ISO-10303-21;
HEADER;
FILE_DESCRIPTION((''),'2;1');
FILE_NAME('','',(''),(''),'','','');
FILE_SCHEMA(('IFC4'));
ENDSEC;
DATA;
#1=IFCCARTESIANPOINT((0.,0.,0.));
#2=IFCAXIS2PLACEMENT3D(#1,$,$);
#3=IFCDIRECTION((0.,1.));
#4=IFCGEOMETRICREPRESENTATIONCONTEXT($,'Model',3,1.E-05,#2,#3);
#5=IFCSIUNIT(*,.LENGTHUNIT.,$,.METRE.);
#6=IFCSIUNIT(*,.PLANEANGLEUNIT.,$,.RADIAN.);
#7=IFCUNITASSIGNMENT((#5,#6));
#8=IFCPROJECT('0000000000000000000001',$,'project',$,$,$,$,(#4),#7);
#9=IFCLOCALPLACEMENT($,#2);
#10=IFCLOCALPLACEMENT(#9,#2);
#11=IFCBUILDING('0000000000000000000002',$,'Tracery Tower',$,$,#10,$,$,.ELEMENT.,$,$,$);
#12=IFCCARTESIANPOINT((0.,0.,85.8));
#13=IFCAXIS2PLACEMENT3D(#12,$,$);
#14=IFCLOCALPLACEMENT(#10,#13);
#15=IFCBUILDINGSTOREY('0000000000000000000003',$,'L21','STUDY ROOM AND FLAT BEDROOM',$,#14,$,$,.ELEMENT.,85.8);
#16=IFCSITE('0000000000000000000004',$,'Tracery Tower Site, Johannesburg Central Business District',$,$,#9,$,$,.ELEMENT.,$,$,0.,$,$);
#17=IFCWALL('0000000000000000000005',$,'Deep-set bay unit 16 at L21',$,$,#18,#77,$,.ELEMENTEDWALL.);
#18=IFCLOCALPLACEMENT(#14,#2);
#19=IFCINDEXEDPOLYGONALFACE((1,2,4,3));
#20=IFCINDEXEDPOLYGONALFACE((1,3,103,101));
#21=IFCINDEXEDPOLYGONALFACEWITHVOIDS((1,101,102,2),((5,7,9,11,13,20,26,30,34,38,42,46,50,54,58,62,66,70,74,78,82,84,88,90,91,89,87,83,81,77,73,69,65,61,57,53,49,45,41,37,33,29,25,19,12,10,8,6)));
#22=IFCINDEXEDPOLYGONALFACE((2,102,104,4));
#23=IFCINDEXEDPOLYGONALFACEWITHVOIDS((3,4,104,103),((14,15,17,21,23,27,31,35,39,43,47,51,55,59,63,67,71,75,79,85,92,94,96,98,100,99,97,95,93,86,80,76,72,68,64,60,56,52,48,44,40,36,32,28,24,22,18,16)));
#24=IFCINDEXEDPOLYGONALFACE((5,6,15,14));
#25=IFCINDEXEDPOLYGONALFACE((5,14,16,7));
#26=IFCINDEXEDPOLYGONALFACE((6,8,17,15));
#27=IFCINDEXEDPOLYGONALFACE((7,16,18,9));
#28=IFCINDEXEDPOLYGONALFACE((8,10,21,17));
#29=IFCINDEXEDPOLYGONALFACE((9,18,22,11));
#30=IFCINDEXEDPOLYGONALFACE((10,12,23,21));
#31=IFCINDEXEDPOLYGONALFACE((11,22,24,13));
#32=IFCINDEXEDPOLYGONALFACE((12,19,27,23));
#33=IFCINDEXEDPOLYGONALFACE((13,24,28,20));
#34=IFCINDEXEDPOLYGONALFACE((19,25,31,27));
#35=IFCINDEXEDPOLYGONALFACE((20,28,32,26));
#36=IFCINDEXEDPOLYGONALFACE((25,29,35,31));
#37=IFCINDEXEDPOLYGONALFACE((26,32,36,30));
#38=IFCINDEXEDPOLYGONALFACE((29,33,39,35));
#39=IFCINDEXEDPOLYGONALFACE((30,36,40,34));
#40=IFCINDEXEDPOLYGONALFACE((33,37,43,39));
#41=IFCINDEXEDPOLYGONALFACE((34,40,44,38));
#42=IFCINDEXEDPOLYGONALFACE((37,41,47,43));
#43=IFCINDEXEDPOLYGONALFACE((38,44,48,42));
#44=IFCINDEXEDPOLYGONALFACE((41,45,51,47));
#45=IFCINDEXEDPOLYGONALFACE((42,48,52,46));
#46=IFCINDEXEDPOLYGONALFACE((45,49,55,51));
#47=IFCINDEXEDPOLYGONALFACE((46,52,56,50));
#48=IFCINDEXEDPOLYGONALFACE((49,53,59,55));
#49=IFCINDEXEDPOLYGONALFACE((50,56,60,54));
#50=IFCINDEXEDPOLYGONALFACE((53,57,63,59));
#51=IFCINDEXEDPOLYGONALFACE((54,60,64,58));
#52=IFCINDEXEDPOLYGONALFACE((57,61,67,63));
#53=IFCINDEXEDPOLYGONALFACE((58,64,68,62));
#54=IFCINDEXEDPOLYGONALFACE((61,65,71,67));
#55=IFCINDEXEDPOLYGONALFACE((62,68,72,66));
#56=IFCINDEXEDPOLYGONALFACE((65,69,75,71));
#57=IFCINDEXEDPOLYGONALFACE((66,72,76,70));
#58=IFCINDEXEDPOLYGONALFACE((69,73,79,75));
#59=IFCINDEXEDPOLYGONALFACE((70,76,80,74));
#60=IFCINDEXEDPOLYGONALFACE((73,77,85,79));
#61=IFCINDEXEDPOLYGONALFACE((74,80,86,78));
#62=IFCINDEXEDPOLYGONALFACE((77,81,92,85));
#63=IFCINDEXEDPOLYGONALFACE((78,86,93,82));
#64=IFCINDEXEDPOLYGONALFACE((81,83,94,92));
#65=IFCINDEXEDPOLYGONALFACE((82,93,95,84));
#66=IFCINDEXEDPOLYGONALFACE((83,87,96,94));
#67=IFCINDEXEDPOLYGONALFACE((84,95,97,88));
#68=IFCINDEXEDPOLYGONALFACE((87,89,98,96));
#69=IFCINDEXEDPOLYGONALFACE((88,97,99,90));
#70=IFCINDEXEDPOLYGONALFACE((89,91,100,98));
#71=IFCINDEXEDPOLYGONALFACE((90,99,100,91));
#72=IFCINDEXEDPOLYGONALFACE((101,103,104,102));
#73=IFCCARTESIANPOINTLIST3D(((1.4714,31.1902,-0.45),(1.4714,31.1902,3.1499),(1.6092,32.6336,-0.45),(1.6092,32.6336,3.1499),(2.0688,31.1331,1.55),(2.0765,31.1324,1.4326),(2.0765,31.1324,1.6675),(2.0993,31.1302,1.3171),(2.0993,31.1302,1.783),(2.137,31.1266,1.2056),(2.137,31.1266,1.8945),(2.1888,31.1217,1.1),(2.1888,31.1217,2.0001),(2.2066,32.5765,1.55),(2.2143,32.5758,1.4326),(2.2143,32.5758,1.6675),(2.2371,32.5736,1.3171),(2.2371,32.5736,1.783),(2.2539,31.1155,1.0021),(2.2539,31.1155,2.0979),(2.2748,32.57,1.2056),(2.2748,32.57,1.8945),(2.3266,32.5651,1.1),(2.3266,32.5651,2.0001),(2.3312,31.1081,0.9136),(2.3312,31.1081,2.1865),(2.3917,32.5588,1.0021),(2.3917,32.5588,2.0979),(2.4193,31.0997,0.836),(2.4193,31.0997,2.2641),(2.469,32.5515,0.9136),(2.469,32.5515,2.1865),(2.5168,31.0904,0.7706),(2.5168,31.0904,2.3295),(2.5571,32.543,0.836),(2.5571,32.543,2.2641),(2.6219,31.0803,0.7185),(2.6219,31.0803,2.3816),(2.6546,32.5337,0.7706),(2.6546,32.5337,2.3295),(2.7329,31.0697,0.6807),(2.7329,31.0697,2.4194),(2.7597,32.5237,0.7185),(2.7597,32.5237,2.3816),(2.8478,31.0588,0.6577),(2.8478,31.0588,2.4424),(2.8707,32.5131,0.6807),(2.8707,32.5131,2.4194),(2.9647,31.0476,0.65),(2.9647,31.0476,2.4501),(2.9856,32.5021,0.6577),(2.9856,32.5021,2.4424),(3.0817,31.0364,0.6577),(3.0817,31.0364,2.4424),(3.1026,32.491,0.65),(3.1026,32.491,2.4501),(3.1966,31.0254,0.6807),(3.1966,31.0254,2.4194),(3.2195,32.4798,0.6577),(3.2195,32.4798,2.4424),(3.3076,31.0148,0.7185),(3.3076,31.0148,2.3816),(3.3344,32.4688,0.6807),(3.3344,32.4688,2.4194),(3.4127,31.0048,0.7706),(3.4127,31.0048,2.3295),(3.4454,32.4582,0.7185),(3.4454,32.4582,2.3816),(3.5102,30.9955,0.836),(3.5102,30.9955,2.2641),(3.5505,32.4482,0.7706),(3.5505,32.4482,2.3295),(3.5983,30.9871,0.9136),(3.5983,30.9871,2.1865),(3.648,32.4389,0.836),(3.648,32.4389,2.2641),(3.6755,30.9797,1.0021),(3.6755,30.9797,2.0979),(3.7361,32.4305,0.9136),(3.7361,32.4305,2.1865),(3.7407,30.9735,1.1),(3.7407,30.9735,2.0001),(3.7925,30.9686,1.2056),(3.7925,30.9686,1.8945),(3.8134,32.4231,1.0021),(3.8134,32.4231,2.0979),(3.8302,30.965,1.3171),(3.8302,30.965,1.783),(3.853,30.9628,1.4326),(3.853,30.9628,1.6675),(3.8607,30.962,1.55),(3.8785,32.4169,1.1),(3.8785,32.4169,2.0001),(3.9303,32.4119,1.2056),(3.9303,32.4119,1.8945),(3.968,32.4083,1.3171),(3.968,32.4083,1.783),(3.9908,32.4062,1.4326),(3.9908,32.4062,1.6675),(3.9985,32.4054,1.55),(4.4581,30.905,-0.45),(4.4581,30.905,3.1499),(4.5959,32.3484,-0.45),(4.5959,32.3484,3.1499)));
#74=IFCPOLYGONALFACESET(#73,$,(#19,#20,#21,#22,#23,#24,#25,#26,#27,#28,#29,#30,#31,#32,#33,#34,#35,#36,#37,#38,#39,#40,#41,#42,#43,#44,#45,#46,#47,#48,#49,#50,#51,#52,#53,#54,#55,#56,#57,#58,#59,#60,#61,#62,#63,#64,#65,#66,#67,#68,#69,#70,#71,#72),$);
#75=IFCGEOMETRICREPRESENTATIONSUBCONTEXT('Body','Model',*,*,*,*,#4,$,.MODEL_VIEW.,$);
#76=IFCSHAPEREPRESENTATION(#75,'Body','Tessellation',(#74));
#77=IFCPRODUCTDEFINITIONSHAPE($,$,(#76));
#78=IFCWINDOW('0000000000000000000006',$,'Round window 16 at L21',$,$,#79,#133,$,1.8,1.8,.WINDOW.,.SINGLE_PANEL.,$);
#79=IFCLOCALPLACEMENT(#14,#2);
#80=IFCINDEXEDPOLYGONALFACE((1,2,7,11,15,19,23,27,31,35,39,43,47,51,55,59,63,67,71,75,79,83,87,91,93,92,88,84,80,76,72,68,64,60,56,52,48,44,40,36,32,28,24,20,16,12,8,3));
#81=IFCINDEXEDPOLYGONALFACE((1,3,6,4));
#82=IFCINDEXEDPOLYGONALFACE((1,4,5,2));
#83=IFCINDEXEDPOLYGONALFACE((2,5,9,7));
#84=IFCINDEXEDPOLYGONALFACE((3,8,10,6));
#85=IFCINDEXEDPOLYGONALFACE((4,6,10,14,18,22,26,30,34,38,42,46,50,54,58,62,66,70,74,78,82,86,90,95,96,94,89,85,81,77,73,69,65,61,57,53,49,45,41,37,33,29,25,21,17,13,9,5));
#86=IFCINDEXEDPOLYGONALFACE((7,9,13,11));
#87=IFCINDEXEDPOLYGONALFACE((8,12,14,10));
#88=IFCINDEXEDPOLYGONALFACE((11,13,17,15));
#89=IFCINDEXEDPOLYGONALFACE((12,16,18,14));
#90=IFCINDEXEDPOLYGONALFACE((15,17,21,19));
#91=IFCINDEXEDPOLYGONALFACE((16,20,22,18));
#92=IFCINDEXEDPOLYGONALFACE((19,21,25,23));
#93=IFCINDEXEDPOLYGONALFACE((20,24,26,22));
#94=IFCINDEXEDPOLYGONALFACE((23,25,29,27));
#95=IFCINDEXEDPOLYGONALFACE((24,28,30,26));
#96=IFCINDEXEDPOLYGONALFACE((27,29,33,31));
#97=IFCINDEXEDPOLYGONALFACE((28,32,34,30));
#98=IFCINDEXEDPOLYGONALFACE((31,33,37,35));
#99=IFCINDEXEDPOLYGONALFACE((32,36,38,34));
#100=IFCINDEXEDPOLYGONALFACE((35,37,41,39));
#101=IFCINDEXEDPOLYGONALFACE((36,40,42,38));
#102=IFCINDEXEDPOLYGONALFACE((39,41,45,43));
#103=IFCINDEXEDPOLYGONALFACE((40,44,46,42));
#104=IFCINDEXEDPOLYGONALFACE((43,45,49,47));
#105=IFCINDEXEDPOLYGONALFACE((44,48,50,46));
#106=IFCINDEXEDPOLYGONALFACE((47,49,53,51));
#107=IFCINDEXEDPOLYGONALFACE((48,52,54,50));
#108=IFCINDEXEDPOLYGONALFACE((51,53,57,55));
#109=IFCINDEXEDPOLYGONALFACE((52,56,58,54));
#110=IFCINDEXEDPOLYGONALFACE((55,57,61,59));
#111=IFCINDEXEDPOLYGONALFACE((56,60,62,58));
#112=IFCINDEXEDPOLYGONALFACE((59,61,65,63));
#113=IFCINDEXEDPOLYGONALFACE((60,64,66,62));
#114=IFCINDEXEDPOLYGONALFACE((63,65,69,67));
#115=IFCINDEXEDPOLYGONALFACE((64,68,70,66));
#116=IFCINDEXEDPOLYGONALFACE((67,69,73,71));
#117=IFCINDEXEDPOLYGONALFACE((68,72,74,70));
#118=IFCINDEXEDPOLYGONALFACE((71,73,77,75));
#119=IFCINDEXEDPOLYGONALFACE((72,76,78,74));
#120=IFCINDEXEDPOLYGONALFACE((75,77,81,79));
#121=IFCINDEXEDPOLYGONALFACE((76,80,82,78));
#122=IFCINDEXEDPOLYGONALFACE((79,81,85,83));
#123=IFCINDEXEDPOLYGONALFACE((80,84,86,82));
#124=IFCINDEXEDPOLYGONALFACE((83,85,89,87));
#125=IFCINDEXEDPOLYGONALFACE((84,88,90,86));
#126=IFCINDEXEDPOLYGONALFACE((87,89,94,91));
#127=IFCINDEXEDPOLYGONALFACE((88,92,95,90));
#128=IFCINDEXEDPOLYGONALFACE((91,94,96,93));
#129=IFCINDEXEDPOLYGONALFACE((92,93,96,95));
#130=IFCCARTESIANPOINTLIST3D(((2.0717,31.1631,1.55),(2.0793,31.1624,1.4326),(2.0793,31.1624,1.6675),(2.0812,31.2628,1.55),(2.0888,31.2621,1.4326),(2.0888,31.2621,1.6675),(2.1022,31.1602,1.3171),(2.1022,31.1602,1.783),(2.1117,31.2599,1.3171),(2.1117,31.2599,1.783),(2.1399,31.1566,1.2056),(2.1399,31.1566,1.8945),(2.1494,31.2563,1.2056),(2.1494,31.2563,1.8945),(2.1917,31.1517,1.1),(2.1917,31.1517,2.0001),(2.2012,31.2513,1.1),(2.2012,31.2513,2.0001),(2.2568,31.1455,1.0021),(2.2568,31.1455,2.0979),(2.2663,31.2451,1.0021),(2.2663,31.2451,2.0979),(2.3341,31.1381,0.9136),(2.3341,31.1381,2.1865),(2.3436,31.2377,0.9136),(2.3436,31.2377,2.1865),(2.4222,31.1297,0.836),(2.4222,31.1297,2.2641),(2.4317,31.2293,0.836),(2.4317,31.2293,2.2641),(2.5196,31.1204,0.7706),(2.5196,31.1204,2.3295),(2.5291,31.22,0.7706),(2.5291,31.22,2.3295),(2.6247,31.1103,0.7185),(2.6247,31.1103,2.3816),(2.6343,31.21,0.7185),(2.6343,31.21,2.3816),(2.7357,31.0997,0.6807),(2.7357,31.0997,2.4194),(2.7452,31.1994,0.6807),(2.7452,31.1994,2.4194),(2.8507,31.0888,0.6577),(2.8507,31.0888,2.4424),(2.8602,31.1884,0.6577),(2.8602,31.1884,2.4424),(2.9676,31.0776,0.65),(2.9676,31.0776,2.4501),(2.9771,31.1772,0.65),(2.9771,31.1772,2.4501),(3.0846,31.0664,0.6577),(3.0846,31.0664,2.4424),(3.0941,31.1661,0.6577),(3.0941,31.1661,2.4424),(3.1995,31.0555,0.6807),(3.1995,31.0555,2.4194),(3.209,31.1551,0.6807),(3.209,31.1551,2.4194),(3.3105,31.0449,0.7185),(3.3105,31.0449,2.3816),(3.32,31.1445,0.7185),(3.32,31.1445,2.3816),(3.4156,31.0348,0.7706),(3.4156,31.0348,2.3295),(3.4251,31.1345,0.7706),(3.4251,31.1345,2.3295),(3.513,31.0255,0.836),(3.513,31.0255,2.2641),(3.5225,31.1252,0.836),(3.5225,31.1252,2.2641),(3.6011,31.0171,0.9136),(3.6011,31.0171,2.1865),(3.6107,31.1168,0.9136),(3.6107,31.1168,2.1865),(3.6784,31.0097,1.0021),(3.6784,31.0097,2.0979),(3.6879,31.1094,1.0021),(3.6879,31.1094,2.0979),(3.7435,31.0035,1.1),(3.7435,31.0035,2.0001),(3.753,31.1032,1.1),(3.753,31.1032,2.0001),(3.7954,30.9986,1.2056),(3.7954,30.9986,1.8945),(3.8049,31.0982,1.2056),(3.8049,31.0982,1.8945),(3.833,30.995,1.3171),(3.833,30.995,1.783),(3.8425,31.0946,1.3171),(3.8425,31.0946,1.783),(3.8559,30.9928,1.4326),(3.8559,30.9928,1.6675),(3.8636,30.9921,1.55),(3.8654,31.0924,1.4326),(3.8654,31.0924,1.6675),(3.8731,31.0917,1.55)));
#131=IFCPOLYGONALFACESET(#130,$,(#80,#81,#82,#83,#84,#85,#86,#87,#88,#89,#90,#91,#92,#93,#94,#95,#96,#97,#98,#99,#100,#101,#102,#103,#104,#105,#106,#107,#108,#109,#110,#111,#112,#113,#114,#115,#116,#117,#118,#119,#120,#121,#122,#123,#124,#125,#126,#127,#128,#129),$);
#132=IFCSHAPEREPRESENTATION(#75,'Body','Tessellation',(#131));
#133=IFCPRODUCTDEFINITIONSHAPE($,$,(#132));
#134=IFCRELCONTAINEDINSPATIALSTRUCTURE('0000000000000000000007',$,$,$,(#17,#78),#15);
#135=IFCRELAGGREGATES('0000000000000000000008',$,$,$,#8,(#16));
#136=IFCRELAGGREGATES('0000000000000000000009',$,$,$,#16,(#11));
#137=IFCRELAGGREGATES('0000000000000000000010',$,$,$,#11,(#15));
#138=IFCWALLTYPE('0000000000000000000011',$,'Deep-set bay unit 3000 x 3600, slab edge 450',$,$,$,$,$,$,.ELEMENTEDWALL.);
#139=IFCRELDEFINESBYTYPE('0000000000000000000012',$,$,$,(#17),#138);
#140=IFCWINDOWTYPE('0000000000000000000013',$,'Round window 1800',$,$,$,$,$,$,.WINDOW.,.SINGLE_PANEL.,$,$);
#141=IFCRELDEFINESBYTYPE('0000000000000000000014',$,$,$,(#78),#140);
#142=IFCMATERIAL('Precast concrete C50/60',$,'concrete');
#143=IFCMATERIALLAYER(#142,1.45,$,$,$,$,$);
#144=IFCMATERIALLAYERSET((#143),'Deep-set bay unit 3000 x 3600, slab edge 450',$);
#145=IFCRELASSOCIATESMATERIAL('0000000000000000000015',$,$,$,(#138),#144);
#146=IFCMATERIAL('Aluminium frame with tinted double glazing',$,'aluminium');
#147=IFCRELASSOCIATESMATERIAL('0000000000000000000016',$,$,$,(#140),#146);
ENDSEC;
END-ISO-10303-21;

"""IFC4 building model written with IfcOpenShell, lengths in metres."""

from ifc_helpers import new_model, si_unit, direction, frame, frame_2d, origin, origin_2d, place, context, subcontext, project, spatial, rectangle, circle, extrude, material, layer, layer_set, type_object, element, fill, save


model = new_model("IFC4")

# Units and contexts
model_context = context("Model", 3, precision=1e-05, world=origin(), true_north=direction((0.0, 1.0)))
body_context = subcontext(model_context, "Body", "Model", "MODEL_VIEW")
ifc_project = project(units=[si_unit("LENGTHUNIT", "METRE"), si_unit("PLANEANGLEUNIT", "RADIAN")], contexts=[model_context])

# Site, building, storey
site_placement = place(None, origin())
site = spatial("IfcSite", under=ifc_project, at=site_placement, Name="Tracery Tower Site, Johannesburg Central Business District", CompositionType="ELEMENT", RefElevation=0.0)
building_placement = place(site_placement, origin())
building = spatial("IfcBuilding", under=site, at=building_placement, Name="Tracery Tower", CompositionType="ELEMENT")
storey_placement = place(building_placement, frame((0.0, 0.0, 85.8)))
storey = spatial("IfcBuildingStorey", under=building, at=storey_placement, Name="L21", Description="STUDY ROOM AND FLAT BEDROOM", CompositionType="ELEMENT", Elevation=85.8)

# Wall, opening, window
ifc_material_1 = material(Name="Precast concrete C50/60", Category="concrete")
ifc_layer_1 = layer(ifc_material_1, 1.45)
ifc_layer_set_1 = layer_set([ifc_layer_1], Name="Deep-set bay unit 3000 x 3600, slab edge 450")
wall_type_1 = type_object("IfcWallType", Name="Deep-set bay unit 3000 x 3600, slab edge 450", PredefinedType="ELEMENTEDWALL", material=ifc_layer_set_1)
wall_1_placement = place(storey_placement, frame((4.5269, 31.6267, -0.45), z_axis=(0.0, 0.0, 1.0), x_axis=(-0.995473, 0.095047, 0.0)))
wall_1 = element("IfcWall", 1, at=wall_1_placement, inside=storey, type_object=wall_type_1, Name="Deep-set bay unit 16 at L21", PredefinedType="ELEMENTEDWALL", context=body_context, shape_type="SweptSolid", body=[
    extrude(rectangle(XDim=3.0002, YDim=1.45, at=frame_2d((1.5, 0.0))), origin(), (0.0, 0.0, 1.0), 3.5999),
])
opening_1_placement = place(wall_1_placement, frame((1.5, 0.0, 2.0)))
opening_1 = element("IfcOpeningElement", 2, at=opening_1_placement, cuts=wall_1, PredefinedType="OPENING", context=body_context, shape_type="SweptSolid", body=[
    extrude(circle(Radius=0.9, at=origin_2d()), frame((0.0, 0.7349, 0.0), z_axis=(0.0, -1.0, 0.0), x_axis=(1.0, 0.0, 0.0)), (0.0, 0.0, 1.0), 1.47),
])
ifc_material_2 = material(Name="Aluminium frame with tinted double glazing", Category="aluminium")
window_type = type_object("IfcWindowType", Name="Round window 1800", PartitioningType="SINGLE_PANEL", PredefinedType="WINDOW", material=ifc_material_2)
window_1_placement = place(opening_1_placement, origin())
window_1 = element("IfcWindow", 3, at=window_1_placement, inside=storey, type_object=window_type, Name="Round window 16 at L21", OverallHeight=1.8, OverallWidth=1.8, PartitioningType="SINGLE_PANEL", PredefinedType="WINDOW", context=body_context, shape_type="SweptSolid", body=[
    extrude(circle(Radius=0.9, at=origin_2d()), frame((0.0, 0.6948, 0.0), z_axis=(0.0, -1.0, 0.0), x_axis=(1.0, 0.0, 0.0)), (0.0, 0.0, 1.0), 0.1001),
])
fill(opening_1, window_1)

save(model, "model.ifc")
